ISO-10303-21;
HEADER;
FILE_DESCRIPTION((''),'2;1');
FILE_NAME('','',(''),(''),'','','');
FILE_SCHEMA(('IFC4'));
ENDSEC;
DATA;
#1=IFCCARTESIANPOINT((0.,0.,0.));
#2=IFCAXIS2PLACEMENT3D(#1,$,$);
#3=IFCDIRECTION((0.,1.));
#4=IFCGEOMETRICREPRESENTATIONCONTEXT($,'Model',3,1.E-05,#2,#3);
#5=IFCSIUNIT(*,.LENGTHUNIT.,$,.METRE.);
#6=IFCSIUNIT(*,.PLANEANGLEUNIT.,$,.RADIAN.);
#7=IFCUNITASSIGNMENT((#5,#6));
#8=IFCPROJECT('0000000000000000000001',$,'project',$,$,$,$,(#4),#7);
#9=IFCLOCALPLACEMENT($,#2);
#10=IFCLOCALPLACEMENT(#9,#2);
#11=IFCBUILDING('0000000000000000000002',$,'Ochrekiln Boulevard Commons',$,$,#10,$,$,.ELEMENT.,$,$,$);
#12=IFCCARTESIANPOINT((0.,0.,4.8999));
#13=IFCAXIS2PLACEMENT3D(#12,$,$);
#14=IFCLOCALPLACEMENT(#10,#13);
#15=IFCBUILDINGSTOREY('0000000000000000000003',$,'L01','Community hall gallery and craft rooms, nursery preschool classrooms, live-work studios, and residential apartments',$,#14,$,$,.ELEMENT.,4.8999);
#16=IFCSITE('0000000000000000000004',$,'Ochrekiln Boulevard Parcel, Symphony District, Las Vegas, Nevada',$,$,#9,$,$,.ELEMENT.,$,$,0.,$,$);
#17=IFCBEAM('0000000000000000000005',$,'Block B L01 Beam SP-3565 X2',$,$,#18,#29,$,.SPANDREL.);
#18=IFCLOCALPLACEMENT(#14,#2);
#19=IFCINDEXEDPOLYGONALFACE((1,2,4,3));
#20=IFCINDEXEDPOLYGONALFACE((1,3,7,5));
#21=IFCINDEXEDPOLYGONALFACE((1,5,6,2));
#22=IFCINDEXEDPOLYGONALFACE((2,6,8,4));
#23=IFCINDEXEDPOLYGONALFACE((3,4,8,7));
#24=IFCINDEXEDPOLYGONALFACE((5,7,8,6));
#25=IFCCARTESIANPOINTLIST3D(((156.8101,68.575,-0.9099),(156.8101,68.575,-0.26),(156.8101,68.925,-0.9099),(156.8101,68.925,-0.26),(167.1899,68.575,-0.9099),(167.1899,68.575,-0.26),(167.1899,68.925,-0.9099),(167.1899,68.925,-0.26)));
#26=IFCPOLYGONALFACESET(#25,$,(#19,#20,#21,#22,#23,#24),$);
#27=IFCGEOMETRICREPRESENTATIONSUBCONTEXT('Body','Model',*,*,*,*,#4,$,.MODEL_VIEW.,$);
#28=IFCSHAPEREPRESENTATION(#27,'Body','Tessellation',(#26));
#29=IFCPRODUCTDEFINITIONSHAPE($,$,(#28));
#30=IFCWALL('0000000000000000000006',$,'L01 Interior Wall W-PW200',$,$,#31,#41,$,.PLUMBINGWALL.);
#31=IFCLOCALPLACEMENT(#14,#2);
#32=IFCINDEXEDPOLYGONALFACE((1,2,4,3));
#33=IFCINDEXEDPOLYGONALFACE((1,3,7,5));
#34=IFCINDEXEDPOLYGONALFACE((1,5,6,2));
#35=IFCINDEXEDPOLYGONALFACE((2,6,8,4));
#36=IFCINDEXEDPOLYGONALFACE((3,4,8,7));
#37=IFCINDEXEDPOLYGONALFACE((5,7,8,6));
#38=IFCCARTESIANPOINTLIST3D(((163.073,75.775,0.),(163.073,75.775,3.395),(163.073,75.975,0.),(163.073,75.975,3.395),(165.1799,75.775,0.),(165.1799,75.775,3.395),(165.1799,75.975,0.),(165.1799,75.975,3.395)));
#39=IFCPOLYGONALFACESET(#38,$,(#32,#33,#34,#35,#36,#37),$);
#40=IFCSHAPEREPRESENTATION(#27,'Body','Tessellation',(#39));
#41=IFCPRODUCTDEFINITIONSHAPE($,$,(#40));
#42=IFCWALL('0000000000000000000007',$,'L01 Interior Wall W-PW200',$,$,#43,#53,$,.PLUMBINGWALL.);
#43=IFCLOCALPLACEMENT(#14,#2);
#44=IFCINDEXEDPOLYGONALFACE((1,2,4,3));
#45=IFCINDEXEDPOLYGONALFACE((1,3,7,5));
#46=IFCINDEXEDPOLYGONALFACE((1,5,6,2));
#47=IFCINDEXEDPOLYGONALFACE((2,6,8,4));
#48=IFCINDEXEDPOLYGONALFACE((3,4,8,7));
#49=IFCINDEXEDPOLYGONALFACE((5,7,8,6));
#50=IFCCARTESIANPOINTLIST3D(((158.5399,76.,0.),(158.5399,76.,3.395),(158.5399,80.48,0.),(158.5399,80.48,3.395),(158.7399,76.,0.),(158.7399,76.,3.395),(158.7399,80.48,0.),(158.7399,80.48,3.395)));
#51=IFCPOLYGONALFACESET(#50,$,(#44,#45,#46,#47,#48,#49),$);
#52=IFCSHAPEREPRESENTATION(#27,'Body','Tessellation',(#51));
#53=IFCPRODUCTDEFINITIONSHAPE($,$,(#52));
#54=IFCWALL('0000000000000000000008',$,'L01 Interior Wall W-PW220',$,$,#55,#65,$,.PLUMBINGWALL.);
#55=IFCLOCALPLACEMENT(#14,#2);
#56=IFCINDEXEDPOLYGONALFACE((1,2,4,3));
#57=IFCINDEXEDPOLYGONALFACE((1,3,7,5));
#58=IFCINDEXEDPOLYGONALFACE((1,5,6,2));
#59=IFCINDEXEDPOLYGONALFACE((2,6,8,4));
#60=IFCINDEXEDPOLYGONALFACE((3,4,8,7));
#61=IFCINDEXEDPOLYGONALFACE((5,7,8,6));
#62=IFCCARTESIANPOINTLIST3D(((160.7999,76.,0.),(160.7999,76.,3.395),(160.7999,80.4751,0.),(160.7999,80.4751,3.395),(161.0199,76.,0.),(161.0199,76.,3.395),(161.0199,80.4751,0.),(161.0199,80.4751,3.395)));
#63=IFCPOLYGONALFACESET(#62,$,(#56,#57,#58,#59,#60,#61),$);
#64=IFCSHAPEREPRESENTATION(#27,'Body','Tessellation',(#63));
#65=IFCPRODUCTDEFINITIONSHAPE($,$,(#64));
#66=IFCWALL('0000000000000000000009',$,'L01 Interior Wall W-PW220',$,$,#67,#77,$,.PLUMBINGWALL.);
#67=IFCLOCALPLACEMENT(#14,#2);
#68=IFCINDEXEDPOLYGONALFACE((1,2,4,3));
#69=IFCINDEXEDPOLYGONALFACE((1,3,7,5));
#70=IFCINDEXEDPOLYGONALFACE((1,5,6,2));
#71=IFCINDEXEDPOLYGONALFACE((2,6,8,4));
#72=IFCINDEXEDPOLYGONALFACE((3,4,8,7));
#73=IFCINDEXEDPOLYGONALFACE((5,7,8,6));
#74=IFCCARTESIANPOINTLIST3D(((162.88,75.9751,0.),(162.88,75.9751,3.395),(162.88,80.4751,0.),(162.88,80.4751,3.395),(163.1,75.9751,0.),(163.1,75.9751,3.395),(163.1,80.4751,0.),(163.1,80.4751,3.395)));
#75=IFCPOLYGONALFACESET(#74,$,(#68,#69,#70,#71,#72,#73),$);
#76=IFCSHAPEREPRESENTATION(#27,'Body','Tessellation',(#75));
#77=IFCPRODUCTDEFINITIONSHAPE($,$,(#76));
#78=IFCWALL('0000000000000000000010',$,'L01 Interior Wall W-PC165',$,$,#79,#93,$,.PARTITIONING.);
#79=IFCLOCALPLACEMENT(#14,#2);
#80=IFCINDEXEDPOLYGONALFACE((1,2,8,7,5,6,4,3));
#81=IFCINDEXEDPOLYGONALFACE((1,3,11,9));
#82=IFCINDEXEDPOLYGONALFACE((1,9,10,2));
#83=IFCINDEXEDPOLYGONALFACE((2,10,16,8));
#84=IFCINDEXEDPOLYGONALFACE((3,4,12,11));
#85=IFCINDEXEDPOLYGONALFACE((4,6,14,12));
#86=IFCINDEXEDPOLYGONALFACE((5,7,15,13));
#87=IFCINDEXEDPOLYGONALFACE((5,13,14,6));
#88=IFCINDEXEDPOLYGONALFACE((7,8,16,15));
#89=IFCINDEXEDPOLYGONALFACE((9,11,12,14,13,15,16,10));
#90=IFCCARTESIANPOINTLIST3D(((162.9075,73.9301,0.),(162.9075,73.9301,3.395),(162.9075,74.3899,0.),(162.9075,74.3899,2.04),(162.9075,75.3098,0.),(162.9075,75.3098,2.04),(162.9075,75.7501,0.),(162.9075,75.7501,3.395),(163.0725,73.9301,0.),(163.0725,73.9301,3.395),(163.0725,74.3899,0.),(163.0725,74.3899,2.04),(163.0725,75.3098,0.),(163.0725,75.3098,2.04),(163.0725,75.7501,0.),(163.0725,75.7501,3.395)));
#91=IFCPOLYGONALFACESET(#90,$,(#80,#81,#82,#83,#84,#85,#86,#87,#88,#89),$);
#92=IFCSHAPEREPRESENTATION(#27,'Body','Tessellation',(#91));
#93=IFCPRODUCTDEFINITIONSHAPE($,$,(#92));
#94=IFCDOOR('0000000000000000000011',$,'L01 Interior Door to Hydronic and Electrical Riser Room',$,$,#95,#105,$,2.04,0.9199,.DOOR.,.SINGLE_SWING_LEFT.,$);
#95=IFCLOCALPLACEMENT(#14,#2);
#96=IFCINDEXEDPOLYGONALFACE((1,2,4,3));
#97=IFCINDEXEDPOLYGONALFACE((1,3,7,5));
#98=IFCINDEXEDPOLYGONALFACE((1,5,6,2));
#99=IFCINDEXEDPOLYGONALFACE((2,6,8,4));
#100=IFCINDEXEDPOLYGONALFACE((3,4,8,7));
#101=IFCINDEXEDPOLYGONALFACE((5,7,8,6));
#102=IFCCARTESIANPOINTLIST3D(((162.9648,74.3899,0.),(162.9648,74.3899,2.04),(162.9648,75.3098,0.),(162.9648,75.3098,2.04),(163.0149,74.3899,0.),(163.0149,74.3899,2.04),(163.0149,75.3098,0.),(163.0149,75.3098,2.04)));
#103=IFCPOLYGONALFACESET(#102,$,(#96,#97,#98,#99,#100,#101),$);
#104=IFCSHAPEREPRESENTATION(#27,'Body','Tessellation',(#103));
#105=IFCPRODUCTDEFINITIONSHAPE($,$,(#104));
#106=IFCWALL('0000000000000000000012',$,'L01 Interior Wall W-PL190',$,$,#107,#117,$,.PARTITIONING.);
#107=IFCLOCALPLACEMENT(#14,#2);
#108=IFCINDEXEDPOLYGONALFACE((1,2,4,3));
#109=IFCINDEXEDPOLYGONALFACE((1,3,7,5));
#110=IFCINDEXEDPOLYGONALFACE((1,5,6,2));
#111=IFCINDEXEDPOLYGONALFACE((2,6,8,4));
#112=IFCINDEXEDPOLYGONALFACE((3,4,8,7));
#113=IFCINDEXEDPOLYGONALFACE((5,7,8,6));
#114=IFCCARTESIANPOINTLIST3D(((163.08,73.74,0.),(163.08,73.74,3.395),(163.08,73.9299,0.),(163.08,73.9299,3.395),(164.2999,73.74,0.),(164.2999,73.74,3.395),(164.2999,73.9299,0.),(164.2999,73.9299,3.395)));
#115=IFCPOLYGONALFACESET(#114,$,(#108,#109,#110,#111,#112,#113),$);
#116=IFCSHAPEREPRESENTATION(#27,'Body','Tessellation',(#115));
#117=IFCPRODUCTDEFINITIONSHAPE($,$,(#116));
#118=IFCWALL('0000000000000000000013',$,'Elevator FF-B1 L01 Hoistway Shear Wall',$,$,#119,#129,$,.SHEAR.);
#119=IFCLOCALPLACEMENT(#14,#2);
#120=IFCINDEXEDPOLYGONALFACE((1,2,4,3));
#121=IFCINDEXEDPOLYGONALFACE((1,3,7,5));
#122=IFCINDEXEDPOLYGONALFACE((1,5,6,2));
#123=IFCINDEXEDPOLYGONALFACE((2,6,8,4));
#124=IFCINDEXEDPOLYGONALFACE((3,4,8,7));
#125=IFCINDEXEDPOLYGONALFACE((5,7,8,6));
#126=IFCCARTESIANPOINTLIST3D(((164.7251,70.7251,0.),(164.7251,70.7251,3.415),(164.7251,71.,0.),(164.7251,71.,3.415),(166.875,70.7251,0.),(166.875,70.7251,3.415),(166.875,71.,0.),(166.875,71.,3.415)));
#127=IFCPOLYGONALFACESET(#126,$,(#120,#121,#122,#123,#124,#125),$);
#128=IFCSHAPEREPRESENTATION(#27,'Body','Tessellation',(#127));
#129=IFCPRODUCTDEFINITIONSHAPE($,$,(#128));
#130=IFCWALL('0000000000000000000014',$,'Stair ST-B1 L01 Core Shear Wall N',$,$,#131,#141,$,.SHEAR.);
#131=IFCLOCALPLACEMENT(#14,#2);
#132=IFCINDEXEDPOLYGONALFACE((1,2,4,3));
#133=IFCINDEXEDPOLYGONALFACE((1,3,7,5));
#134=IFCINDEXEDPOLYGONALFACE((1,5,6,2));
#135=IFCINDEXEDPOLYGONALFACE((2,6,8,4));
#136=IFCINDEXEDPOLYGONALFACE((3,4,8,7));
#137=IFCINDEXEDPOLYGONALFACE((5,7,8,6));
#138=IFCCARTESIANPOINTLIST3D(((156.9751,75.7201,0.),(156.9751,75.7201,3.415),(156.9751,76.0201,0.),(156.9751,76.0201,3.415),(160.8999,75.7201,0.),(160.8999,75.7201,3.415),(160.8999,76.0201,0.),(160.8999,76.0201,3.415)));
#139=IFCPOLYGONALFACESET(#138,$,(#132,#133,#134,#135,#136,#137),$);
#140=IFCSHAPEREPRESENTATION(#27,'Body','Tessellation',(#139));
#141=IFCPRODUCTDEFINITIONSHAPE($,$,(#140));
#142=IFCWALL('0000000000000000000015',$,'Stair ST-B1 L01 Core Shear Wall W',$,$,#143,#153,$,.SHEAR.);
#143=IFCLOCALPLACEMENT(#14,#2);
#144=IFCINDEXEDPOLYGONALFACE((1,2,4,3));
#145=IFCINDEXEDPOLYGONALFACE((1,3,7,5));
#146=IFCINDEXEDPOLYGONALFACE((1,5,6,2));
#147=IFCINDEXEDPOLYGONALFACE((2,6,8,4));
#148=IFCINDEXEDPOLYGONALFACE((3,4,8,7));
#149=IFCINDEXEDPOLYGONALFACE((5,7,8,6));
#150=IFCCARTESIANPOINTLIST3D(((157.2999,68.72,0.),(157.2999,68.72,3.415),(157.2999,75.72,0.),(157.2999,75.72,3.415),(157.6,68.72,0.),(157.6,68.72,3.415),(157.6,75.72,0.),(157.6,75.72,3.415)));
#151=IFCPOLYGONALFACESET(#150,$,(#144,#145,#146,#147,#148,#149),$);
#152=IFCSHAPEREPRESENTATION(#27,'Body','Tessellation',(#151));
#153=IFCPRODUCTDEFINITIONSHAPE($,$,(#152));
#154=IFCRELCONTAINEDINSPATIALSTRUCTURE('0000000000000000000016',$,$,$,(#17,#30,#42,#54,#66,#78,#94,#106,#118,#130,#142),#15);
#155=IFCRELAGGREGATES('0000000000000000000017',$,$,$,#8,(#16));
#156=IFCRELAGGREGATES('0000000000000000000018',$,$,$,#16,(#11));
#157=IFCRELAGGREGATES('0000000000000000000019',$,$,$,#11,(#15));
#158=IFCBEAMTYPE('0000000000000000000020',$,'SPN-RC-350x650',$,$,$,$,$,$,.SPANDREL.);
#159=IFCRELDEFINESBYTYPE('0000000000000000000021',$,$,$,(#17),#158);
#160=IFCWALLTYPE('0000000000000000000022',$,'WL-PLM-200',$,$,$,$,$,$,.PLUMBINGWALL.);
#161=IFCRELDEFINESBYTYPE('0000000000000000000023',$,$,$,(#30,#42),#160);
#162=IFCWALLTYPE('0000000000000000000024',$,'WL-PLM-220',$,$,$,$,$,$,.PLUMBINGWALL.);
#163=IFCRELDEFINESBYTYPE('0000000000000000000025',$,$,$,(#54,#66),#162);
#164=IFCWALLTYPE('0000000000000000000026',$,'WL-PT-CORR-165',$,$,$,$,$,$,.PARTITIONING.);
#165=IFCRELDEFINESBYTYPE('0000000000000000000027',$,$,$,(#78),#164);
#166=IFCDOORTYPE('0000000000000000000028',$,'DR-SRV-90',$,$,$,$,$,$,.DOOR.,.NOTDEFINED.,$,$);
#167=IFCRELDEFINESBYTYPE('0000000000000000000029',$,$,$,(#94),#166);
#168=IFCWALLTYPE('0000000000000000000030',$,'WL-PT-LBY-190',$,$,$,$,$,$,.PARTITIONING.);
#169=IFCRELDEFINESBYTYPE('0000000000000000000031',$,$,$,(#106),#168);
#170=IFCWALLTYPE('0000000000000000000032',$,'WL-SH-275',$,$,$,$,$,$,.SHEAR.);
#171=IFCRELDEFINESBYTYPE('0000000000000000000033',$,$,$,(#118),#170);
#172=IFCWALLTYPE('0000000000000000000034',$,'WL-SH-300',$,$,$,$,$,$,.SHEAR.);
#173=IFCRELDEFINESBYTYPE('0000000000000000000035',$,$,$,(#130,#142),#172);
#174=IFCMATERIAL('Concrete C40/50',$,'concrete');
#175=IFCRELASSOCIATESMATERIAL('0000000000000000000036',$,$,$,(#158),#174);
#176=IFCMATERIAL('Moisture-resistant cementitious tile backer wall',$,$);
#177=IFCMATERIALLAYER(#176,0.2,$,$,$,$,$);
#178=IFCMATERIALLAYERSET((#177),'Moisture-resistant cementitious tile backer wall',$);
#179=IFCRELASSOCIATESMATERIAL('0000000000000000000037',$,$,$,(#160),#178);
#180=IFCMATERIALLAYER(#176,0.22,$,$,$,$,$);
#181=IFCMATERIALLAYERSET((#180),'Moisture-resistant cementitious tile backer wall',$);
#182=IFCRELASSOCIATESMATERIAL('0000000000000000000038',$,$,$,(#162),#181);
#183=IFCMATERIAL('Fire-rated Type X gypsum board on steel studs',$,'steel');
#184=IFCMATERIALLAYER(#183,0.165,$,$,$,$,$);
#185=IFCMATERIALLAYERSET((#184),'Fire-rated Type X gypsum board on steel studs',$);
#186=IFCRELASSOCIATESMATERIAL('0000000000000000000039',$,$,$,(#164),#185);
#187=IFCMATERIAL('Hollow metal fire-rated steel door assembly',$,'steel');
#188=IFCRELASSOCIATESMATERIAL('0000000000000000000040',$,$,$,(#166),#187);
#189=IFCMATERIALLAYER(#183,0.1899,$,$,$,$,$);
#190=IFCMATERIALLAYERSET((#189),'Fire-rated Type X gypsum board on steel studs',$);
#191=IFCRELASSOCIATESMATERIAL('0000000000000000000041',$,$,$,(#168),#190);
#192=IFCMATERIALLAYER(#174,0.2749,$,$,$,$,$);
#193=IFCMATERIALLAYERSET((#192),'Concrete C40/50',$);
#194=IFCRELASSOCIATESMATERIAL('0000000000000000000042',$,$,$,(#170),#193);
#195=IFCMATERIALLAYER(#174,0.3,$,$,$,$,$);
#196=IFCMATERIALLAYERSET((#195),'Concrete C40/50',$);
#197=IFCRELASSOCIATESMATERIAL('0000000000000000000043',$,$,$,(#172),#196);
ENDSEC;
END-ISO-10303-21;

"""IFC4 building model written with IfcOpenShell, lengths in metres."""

from ifc_helpers import new_model, si_unit, direction, frame, frame_2d, origin, origin_2d, place, context, subcontext, project, spatial, rectangle, extrude, material, layer, layer_set, material_profile, profile_set, type_object, element, fill, save


model = new_model("IFC4")

# Units and contexts
model_context = context("Model", 3, precision=1e-05, world=origin(), true_north=direction((0.0, 1.0)))
body_context = subcontext(model_context, "Body", "Model", "MODEL_VIEW")
ifc_project = project(units=[si_unit("LENGTHUNIT", "METRE"), si_unit("PLANEANGLEUNIT", "RADIAN")], contexts=[model_context])

# Site, building, storey
site_placement = place(None, origin())
site = spatial("IfcSite", under=ifc_project, at=site_placement, Name="Ochrekiln Boulevard Parcel, Symphony District, Las Vegas, Nevada", CompositionType="ELEMENT", RefElevation=0.0)
building_placement = place(site_placement, origin())
building = spatial("IfcBuilding", under=site, at=building_placement, Name="Ochrekiln Boulevard Commons", CompositionType="ELEMENT")
storey_placement = place(building_placement, frame((0.0, 0.0, 4.8999)))
storey = spatial("IfcBuildingStorey", under=building, at=storey_placement, Name="L01", Description="Community hall gallery and craft rooms, nursery preschool classrooms, live-work studios, and residential apartments", CompositionType="ELEMENT", Elevation=4.8999)

# Beam
ifc_material_1 = material(Name="Concrete C40/50", Category="concrete")
ifc_material_profile = material_profile(ifc_material_1, rectangle(XDim=0.3501, YDim=0.6499, at=origin_2d()), Name="RC-SPN-350x650")
ifc_profile_set = profile_set([ifc_material_profile], Name="Concrete C40/50")
beam_type = type_object("IfcBeamType", Name="SPN-RC-350x650", PredefinedType="SPANDREL", material=ifc_profile_set)
beam_placement = place(storey_placement, frame((156.8101, 68.75, -0.585), z_axis=(1.0, 0.0, 0.0), x_axis=(0.0, 1.0, 0.0)))
element("IfcBeam", 1, at=beam_placement, inside=storey, type_object=beam_type, Name="Block B L01 Beam SP-3565 X2", PredefinedType="SPANDREL", context=body_context, shape_type="SweptSolid", body=[
    extrude(rectangle(XDim=0.3501, YDim=0.6499, at=origin_2d()), origin(), (0.0, 0.0, 1.0), 10.3799),
])

# Walls
ifc_material_2 = material(Name="Moisture-resistant cementitious tile backer wall")
ifc_layer_1 = layer(ifc_material_2, 0.2)
ifc_layer_set_1 = layer_set([ifc_layer_1], Name="Moisture-resistant cementitious tile backer wall")
wall_type_1 = type_object("IfcWallType", Name="WL-PLM-200", PredefinedType="PLUMBINGWALL", material=ifc_layer_set_1)
wall_1_placement = place(storey_placement, frame((163.073, 75.875, 0.0), z_axis=(0.0, 0.0, 1.0), x_axis=(1.0, 0.0, 0.0)))
element("IfcWall", 2, at=wall_1_placement, inside=storey, type_object=wall_type_1, Name="L01 Interior Wall W-PW200", PredefinedType="PLUMBINGWALL", context=body_context, shape_type="SweptSolid", body=[
    extrude(rectangle(XDim=2.1069, YDim=0.2, at=frame_2d((1.0535, 0.0))), origin(), (0.0, 0.0, 1.0), 3.395),
])
wall_2_placement = place(storey_placement, frame((158.6399, 76.0, 0.0), z_axis=(0.0, 0.0, 1.0), x_axis=(0.0, 1.0, 0.0)))
element("IfcWall", 3, at=wall_2_placement, inside=storey, type_object=wall_type_1, Name="L01 Interior Wall W-PW200", PredefinedType="PLUMBINGWALL", context=body_context, shape_type="SweptSolid", body=[
    extrude(rectangle(XDim=4.48, YDim=0.2, at=frame_2d((2.24, 0.0))), origin(), (0.0, 0.0, 1.0), 3.395),
])
ifc_layer_2 = layer(ifc_material_2, 0.22)
ifc_layer_set_2 = layer_set([ifc_layer_2], Name="Moisture-resistant cementitious tile backer wall")
wall_type_2 = type_object("IfcWallType", Name="WL-PLM-220", PredefinedType="PLUMBINGWALL", material=ifc_layer_set_2)
wall_3_placement = place(storey_placement, frame((160.9099, 76.0, 0.0), z_axis=(0.0, 0.0, 1.0), x_axis=(0.0, 1.0, 0.0)))
element("IfcWall", 4, at=wall_3_placement, inside=storey, type_object=wall_type_2, Name="L01 Interior Wall W-PW220", PredefinedType="PLUMBINGWALL", context=body_context, shape_type="SweptSolid", body=[
    extrude(rectangle(XDim=4.4751, YDim=0.22, at=frame_2d((2.2375, 0.0))), origin(), (0.0, 0.0, 1.0), 3.395),
])
wall_4_placement = place(storey_placement, frame((162.99, 75.9751, 0.0), z_axis=(0.0, 0.0, 1.0), x_axis=(0.0, 1.0, 0.0)))
element("IfcWall", 5, at=wall_4_placement, inside=storey, type_object=wall_type_2, Name="L01 Interior Wall W-PW220", PredefinedType="PLUMBINGWALL", context=body_context, shape_type="SweptSolid", body=[
    extrude(rectangle(XDim=4.5, YDim=0.22, at=frame_2d((2.25, 0.0))), origin(), (0.0, 0.0, 1.0), 3.395),
])

# Wall, opening, door
ifc_material_3 = material(Name="Fire-rated Type X gypsum board on steel studs", Category="steel")
ifc_layer_3 = layer(ifc_material_3, 0.165)
ifc_layer_set_3 = layer_set([ifc_layer_3], Name="Fire-rated Type X gypsum board on steel studs")
wall_type_3 = type_object("IfcWallType", Name="WL-PT-CORR-165", PredefinedType="PARTITIONING", material=ifc_layer_set_3)
wall_5_placement = place(storey_placement, frame((162.99, 73.9299, 0.0), z_axis=(0.0, 0.0, 1.0), x_axis=(0.0, 1.0, 0.0)))
wall_5 = element("IfcWall", 6, at=wall_5_placement, inside=storey, type_object=wall_type_3, Name="L01 Interior Wall W-PC165", PredefinedType="PARTITIONING", context=body_context, shape_type="SweptSolid", body=[
    extrude(rectangle(XDim=1.8201, YDim=0.165, at=frame_2d((0.9102, 0.0))), origin(), (0.0, 0.0, 1.0), 3.395),
])
opening_1_placement = place(wall_5_placement, frame((0.46, 0.0, 0.0)))
opening_1 = element("IfcOpeningElement", 7, at=opening_1_placement, cuts=wall_5, PredefinedType="OPENING", context=body_context, shape_type="SweptSolid", body=[
    extrude(rectangle(XDim=0.9199, YDim=2.04, at=frame_2d((0.46, 1.02))), frame((0.0, 0.0925, 0.0), z_axis=(0.0, -1.0, 0.0), x_axis=(1.0, 0.0, 0.0)), (0.0, 0.0, 1.0), 0.1851),
])
ifc_material_4 = material(Name="Hollow metal fire-rated steel door assembly", Category="steel")
door_type_1 = type_object("IfcDoorType", Name="DR-SRV-90", OperationType="NOTDEFINED", PredefinedType="DOOR", material=ifc_material_4)
door_1_placement = place(opening_1_placement, frame((0.9199, 0.0, 0.0), z_axis=(0.0, 0.0, 1.0), x_axis=(-1.0, 0.0, 0.0)))
door_1 = element("IfcDoor", 8, at=door_1_placement, inside=storey, type_object=door_type_1, Name="L01 Interior Door to Hydronic and Electrical Riser Room", OperationType="SINGLE_SWING_LEFT", OverallHeight=2.04, OverallWidth=0.9199, PredefinedType="DOOR", context=body_context, shape_type="SweptSolid", body=[
    extrude(rectangle(XDim=0.9199, YDim=2.04, at=frame_2d((0.46, 1.02))), frame((0.0, 0.0249, 0.0), z_axis=(0.0, -1.0, 0.0), x_axis=(1.0, 0.0, 0.0)), (0.0, 0.0, 1.0), 0.05),
])
fill(opening_1, door_1)

# Wall
ifc_layer_4 = layer(ifc_material_3, 0.1899)
ifc_layer_set_4 = layer_set([ifc_layer_4], Name="Fire-rated Type X gypsum board on steel studs")
wall_type_4 = type_object("IfcWallType", Name="WL-PT-LBY-190", PredefinedType="PARTITIONING", material=ifc_layer_set_4)
wall_6_placement = place(storey_placement, frame((163.0801, 73.835, 0.0), z_axis=(0.0, 0.0, 1.0), x_axis=(1.0, 0.0, 0.0)))
element("IfcWall", 9, at=wall_6_placement, inside=storey, type_object=wall_type_4, Name="L01 Interior Wall W-PL190", PredefinedType="PARTITIONING", context=body_context, shape_type="SweptSolid", body=[
    extrude(rectangle(XDim=1.22, YDim=0.1899, at=frame_2d((0.6099, 0.0))), origin(), (0.0, 0.0, 1.0), 3.395),
])

# Walls
ifc_layer_5 = layer(ifc_material_1, 0.2749)
ifc_layer_set_5 = layer_set([ifc_layer_5], Name="Concrete C40/50")
wall_type_5 = type_object("IfcWallType", Name="WL-SH-275", PredefinedType="SHEAR", material=ifc_layer_set_5)
wall_7_placement = place(storey_placement, frame((164.7251, 70.8625, 0.0), z_axis=(0.0, 0.0, 1.0), x_axis=(1.0, 0.0, 0.0)))
element("IfcWall", 10, at=wall_7_placement, inside=storey, type_object=wall_type_5, Name="Elevator FF-B1 L01 Hoistway Shear Wall", PredefinedType="SHEAR", context=body_context, shape_type="SweptSolid", body=[
    extrude(rectangle(XDim=2.1499, YDim=0.2749, at=frame_2d((1.075, 0.0))), origin(), (0.0, 0.0, 1.0), 3.415),
])
ifc_layer_6 = layer(ifc_material_1, 0.3)
ifc_layer_set_6 = layer_set([ifc_layer_6], Name="Concrete C40/50")
wall_type_6 = type_object("IfcWallType", Name="WL-SH-300", PredefinedType="SHEAR", material=ifc_layer_set_6)
wall_8_placement = place(storey_placement, frame((156.9751, 75.8701, 0.0), z_axis=(0.0, 0.0, 1.0), x_axis=(1.0, 0.0, 0.0)))
element("IfcWall", 11, at=wall_8_placement, inside=storey, type_object=wall_type_6, Name="Stair ST-B1 L01 Core Shear Wall N", PredefinedType="SHEAR", context=body_context, shape_type="SweptSolid", body=[
    extrude(rectangle(XDim=3.9248, YDim=0.3, at=frame_2d((1.9624, 0.0))), origin(), (0.0, 0.0, 1.0), 3.415),
])
wall_9_placement = place(storey_placement, frame((157.45, 68.72, 0.0), z_axis=(0.0, 0.0, 1.0), x_axis=(0.0, 1.0, 0.0)))
element("IfcWall", 12, at=wall_9_placement, inside=storey, type_object=wall_type_6, Name="Stair ST-B1 L01 Core Shear Wall W", PredefinedType="SHEAR", context=body_context, shape_type="SweptSolid", body=[
    extrude(rectangle(XDim=7.0, YDim=0.3, at=frame_2d((3.5, 0.0))), origin(), (0.0, 0.0, 1.0), 3.415),
])

save(model, "model.ifc")
